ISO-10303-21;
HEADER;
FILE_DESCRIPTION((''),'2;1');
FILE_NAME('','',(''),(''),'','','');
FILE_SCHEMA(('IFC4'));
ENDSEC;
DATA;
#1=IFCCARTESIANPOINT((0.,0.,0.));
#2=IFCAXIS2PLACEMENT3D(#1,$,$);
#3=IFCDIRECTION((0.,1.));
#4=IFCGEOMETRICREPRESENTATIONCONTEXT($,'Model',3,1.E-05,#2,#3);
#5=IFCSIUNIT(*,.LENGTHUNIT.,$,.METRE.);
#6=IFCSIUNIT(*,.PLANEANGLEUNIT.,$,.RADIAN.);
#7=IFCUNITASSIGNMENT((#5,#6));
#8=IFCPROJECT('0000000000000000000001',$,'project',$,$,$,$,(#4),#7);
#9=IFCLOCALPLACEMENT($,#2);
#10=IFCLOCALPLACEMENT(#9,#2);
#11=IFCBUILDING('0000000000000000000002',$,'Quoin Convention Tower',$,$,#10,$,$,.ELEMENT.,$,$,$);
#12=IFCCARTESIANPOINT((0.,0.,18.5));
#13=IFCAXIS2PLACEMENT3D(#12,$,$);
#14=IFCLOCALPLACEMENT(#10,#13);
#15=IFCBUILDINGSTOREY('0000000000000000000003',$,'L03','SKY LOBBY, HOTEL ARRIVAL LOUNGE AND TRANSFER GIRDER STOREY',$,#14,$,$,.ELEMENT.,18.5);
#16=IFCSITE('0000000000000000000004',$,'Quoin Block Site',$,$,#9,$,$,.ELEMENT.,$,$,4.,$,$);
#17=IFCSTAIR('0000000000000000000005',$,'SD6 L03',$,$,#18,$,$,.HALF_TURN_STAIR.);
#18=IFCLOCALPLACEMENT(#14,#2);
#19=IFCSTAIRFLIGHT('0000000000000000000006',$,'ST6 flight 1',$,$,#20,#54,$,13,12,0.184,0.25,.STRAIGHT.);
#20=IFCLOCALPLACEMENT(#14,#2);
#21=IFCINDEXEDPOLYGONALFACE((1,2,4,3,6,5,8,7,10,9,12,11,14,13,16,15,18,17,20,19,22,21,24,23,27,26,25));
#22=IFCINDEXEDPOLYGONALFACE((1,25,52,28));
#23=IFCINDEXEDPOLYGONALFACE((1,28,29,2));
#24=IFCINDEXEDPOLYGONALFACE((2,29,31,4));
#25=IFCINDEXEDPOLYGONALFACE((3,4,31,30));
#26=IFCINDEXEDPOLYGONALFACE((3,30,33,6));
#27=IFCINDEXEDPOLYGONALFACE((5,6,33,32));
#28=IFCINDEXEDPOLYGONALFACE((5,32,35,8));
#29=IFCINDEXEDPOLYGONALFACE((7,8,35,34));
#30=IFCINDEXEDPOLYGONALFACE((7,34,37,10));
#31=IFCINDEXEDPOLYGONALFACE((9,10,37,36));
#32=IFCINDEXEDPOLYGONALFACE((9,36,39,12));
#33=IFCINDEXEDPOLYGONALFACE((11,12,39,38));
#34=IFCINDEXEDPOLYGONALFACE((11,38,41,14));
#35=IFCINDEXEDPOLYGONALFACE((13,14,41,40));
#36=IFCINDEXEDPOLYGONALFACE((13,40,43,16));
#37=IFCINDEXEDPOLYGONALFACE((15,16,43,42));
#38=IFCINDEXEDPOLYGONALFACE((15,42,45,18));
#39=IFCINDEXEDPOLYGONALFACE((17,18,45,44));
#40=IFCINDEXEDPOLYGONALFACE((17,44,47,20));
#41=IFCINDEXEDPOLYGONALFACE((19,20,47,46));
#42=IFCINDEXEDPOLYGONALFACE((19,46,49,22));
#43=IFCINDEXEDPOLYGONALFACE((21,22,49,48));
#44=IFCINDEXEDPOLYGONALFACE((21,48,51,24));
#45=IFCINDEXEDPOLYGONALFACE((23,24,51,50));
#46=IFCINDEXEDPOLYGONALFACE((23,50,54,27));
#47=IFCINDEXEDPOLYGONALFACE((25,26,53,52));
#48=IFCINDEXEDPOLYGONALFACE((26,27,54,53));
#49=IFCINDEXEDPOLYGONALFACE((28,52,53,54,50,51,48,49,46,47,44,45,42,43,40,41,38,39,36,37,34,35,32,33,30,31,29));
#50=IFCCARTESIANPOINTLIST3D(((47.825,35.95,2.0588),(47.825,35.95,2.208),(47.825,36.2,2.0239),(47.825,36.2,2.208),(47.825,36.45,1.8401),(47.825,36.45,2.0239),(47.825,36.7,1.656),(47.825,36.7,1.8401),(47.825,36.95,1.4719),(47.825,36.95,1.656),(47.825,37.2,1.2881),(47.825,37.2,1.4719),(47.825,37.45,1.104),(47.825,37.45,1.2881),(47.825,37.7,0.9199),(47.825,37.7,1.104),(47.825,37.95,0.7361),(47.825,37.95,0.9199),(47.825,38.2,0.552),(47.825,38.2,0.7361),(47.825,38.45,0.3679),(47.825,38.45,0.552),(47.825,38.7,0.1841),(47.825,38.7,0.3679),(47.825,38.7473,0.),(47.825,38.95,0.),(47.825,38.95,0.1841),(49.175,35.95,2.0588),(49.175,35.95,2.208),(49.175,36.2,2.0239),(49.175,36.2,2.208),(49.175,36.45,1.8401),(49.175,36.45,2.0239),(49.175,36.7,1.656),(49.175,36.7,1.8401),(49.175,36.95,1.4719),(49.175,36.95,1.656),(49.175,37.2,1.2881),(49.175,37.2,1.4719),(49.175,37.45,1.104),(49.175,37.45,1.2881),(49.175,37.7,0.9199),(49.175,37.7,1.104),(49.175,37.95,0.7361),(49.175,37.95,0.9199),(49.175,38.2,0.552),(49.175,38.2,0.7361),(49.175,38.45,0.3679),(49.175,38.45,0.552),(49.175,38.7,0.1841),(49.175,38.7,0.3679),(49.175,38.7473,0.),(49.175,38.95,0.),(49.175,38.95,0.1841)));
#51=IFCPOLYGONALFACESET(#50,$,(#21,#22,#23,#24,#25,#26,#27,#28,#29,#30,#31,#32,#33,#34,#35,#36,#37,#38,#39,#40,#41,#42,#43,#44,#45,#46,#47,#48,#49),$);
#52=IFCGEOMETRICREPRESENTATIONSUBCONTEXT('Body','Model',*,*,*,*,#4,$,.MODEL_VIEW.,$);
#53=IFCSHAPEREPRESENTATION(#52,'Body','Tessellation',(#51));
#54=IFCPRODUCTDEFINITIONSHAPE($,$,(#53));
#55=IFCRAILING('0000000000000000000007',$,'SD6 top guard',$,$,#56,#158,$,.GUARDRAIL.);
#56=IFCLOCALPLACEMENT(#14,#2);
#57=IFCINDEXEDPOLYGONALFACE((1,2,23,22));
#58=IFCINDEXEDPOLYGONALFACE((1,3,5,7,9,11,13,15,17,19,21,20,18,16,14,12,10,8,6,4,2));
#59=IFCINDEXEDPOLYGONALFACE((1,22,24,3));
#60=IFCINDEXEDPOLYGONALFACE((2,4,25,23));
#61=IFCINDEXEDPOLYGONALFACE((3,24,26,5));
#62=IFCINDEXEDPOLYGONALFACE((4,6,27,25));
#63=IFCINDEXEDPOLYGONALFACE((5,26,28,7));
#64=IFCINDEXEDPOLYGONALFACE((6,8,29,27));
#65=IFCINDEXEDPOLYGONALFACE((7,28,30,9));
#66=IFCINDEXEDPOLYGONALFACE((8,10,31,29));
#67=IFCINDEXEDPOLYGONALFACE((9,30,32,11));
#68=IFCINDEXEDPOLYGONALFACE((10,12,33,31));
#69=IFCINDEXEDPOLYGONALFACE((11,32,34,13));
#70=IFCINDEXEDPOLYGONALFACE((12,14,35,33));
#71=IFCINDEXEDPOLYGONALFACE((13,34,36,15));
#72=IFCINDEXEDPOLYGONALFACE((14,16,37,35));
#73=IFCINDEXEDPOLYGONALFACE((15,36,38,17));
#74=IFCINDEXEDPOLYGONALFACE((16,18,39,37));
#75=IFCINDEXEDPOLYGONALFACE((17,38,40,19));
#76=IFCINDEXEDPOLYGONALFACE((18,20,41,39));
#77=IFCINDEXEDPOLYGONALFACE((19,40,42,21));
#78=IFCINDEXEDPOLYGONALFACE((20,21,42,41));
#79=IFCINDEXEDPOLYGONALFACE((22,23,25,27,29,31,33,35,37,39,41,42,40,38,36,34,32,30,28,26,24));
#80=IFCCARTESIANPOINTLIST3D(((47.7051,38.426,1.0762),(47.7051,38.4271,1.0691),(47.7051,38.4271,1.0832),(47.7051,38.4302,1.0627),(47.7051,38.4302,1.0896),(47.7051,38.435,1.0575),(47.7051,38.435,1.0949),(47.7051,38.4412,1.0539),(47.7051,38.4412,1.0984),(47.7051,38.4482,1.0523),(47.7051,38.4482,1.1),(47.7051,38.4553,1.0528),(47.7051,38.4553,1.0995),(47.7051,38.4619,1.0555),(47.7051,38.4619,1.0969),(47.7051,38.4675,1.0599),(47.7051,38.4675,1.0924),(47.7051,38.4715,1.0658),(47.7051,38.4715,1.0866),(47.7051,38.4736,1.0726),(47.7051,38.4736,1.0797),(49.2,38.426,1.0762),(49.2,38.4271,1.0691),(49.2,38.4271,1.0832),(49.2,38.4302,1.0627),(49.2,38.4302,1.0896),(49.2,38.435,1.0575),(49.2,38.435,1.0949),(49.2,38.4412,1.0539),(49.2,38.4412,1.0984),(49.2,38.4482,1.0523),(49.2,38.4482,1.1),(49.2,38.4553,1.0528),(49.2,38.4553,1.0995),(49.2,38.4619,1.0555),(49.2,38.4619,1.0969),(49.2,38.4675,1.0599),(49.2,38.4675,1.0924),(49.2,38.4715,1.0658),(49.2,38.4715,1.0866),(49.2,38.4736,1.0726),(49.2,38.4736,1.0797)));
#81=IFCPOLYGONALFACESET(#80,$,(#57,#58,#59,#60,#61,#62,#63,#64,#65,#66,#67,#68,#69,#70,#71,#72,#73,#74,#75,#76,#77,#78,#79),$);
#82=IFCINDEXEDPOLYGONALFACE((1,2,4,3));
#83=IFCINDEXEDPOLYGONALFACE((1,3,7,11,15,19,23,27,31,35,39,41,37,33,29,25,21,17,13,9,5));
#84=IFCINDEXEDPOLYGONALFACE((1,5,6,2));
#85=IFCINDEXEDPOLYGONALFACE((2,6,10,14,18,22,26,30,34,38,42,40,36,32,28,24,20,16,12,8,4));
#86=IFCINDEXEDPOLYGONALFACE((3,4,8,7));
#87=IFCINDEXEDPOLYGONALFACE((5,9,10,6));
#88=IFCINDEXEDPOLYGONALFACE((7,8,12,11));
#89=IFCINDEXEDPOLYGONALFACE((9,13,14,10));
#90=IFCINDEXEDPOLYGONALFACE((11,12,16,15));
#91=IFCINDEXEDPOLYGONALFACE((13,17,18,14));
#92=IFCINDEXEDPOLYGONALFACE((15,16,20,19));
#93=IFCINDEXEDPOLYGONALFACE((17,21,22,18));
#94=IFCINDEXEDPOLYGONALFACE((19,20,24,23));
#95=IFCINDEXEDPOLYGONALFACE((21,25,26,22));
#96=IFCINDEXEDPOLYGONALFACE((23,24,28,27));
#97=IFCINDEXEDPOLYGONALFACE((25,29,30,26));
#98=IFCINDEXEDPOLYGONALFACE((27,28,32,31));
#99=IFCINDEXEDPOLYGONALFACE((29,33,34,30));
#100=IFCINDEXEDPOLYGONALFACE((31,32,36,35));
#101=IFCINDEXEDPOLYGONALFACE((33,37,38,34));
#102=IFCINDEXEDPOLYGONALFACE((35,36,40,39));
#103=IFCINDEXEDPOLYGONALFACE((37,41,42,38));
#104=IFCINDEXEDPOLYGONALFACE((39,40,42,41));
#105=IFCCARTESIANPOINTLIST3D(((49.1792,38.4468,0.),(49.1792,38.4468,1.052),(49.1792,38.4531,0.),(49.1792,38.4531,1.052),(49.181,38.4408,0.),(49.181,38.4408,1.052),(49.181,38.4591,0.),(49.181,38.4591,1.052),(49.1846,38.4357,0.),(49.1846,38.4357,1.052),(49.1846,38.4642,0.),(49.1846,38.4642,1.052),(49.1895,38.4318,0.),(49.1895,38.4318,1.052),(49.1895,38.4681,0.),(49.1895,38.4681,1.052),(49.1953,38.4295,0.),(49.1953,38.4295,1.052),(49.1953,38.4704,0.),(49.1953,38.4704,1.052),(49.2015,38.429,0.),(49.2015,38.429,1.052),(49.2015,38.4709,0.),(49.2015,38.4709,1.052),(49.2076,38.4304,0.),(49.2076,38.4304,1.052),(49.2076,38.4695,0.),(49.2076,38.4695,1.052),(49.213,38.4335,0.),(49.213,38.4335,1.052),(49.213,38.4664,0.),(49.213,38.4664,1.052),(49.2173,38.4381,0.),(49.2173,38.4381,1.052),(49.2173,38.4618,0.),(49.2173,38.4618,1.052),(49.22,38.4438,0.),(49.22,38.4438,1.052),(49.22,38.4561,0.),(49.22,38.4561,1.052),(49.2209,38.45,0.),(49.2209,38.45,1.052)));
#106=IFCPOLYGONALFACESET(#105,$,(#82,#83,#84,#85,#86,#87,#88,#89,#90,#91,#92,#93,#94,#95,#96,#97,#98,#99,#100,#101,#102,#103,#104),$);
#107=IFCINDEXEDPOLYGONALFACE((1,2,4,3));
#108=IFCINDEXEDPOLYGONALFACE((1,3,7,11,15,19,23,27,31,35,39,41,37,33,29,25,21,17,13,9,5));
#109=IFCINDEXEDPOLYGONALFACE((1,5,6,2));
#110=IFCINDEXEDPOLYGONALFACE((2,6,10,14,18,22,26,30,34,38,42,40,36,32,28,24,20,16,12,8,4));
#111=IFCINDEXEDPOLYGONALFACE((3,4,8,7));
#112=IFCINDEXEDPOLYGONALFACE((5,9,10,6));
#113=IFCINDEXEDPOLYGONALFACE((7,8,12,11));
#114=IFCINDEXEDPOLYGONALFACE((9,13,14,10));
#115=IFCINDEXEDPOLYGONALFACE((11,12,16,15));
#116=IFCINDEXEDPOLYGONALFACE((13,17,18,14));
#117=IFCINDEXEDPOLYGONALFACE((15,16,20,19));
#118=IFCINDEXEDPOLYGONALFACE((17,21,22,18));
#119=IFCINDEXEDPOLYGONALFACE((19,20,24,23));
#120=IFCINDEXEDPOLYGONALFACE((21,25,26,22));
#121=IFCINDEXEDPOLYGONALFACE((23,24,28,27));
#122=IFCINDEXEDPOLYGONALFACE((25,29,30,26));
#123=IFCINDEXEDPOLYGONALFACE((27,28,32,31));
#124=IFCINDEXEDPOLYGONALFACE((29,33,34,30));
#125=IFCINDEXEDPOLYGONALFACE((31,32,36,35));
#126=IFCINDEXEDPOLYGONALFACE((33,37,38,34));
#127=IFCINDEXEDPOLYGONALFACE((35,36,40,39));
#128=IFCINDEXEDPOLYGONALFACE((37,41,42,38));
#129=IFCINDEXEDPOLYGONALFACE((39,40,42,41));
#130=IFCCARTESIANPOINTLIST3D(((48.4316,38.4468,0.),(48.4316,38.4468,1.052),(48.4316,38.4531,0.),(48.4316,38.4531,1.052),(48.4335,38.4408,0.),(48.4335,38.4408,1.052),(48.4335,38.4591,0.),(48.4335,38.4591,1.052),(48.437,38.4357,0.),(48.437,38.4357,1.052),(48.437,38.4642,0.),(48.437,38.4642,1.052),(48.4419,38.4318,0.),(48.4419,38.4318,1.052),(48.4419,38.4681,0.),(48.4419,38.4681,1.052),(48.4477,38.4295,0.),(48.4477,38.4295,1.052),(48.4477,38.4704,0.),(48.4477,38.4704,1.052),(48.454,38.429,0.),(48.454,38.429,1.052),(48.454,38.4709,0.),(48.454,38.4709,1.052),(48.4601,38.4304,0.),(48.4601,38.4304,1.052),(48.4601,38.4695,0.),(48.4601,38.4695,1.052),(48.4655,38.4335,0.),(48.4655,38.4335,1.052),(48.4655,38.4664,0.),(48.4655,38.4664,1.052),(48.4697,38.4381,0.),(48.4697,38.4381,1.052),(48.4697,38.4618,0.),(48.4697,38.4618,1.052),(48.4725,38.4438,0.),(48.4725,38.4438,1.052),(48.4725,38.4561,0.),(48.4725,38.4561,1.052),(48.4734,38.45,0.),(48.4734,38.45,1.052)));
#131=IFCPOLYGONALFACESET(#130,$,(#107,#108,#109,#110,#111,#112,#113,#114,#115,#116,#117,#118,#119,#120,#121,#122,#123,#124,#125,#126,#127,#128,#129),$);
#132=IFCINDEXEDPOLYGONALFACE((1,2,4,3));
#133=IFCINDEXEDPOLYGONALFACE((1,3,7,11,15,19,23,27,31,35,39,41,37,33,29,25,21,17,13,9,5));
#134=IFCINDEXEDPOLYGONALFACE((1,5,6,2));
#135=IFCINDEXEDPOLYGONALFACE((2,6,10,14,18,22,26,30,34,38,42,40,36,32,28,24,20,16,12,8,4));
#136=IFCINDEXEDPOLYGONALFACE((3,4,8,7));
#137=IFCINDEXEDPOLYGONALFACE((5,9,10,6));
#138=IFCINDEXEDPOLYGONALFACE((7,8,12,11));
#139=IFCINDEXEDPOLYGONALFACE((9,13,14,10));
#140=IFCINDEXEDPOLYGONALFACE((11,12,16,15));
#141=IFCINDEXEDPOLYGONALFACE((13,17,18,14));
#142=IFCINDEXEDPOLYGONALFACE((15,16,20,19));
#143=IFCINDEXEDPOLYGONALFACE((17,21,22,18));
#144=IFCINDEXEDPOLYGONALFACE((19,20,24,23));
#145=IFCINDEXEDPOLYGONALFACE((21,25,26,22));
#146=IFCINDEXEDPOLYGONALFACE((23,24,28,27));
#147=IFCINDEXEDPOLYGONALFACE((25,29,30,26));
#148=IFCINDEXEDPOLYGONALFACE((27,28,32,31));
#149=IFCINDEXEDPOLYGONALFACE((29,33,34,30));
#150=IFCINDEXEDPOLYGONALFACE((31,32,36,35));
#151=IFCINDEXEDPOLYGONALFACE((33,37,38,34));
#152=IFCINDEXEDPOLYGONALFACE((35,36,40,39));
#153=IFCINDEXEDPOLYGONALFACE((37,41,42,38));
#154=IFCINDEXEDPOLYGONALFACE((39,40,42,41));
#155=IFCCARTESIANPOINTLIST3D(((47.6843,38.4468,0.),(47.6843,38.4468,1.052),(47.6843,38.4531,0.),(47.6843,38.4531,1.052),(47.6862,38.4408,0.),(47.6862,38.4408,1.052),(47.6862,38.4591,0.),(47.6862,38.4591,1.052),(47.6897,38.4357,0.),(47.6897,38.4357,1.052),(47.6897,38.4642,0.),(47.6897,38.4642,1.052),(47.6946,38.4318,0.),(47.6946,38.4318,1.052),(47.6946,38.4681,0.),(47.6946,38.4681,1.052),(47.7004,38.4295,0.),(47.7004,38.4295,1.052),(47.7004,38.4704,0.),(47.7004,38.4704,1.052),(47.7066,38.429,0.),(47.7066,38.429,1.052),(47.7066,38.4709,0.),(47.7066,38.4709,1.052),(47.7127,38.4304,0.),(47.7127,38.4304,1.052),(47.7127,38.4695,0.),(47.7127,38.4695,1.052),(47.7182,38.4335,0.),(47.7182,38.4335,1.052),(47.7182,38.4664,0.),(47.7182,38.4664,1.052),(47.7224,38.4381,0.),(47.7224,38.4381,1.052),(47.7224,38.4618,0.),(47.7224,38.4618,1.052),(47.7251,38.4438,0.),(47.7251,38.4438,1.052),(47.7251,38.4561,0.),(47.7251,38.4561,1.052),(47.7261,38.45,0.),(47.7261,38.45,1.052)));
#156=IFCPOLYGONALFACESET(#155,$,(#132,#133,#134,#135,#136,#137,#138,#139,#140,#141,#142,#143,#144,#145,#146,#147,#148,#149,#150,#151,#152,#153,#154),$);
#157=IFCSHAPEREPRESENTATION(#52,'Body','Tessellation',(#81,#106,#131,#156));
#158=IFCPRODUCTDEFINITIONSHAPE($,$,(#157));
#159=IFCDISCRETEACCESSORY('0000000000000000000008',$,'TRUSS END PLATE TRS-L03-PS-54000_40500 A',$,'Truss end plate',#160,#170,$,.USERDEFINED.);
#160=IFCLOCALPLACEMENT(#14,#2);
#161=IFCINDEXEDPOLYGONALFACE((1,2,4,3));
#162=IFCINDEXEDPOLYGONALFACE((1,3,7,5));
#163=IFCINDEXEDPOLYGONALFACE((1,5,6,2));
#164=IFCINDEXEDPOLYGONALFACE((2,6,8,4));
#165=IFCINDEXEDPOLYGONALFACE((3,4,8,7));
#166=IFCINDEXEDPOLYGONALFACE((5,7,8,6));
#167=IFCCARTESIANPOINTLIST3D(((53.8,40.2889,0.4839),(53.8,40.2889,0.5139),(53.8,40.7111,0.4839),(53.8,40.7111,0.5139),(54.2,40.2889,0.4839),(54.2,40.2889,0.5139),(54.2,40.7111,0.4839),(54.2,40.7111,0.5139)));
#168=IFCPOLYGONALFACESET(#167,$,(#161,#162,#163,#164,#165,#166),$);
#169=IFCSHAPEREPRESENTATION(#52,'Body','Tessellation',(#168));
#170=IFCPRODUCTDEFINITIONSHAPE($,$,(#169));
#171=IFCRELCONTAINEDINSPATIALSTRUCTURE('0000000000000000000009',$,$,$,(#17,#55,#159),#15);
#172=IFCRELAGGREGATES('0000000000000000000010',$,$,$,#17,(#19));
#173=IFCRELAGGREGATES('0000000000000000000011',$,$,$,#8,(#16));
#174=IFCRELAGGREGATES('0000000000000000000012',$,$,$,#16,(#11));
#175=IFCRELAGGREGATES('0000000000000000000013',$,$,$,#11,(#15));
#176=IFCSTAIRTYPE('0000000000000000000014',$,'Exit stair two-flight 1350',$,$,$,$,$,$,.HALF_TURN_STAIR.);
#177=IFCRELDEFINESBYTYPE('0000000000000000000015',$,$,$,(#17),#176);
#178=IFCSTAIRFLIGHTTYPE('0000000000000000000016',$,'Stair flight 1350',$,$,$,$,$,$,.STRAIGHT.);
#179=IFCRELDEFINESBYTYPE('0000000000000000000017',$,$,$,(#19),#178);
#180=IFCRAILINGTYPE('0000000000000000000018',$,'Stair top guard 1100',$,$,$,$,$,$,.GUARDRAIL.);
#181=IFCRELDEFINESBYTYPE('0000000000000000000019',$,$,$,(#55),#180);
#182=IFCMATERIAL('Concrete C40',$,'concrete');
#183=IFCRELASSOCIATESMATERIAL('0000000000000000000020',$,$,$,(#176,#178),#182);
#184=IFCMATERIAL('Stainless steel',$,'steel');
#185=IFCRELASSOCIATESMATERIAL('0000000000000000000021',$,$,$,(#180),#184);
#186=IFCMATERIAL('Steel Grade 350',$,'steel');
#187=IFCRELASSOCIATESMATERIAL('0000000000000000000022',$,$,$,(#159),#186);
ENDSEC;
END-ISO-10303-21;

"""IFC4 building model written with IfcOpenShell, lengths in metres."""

from ifc_helpers import new_model, si_unit, direction, frame, origin, origin_2d, place, context, subcontext, project, spatial, polyline, rectangle, circle, outline, extrude, material, type_object, element, aggregate, save


model = new_model("IFC4")

# Units and contexts
model_context = context("Model", 3, precision=1e-05, world=origin(), true_north=direction((0.0, 1.0)))
body_context = subcontext(model_context, "Body", "Model", "MODEL_VIEW")
ifc_project = project(units=[si_unit("LENGTHUNIT", "METRE"), si_unit("PLANEANGLEUNIT", "RADIAN")], contexts=[model_context])

# Site, building, storey
site_placement = place(None, origin())
site = spatial("IfcSite", under=ifc_project, at=site_placement, Name="Quoin Block Site", CompositionType="ELEMENT", RefElevation=4.0)
building_placement = place(site_placement, origin())
building = spatial("IfcBuilding", under=site, at=building_placement, Name="Quoin Convention Tower", CompositionType="ELEMENT")
storey_placement = place(building_placement, frame((0.0, 0.0, 18.5)))
storey = spatial("IfcBuildingStorey", under=building, at=storey_placement, Name="L03", Description="SKY LOBBY, HOTEL ARRIVAL LOUNGE AND TRANSFER GIRDER STOREY", CompositionType="ELEMENT", Elevation=18.5)

# Stair, stair flight
ifc_material_1 = material(Name="Concrete C40", Category="concrete")
stair_type = type_object("IfcStairType", Name="Exit stair two-flight 1350", PredefinedType="HALF_TURN_STAIR", material=ifc_material_1)
stair_placement = place(storey_placement, origin())
stair = element("IfcStair", 1, at=stair_placement, inside=storey, type_object=stair_type, Name="SD6 L03", PredefinedType="HALF_TURN_STAIR")
stair_flight_type = type_object("IfcStairFlightType", Name="Stair flight 1350", PredefinedType="STRAIGHT", material=ifc_material_1)
stair_flight_placement = place(storey_placement, frame((48.5, 38.95, 0.0), z_axis=(0.0, 0.0, 1.0), x_axis=(0.0, -1.0, 0.0)))
stair_flight = element("IfcStairFlight", 2, at=stair_flight_placement, type_object=stair_flight_type, Name="ST6 flight 1", NumberOfRisers=13, NumberOfTreads=12, PredefinedType="STRAIGHT", RiserHeight=0.184, TreadLength=0.25, context=body_context, shape_type="SweptSolid", body=[
    extrude(outline(polyline([(0.0, 0.0), (0.0, 0.1841), (0.25, 0.1841), (0.25, 0.3679), (0.5, 0.3679), (0.5, 0.552), (0.75, 0.552), (0.75, 0.7361), (1.0, 0.7361), (1.0, 0.9199), (1.25, 0.9199), (1.25, 1.104), (1.5, 1.104), (1.5, 1.2881), (1.75, 1.2881), (1.75, 1.4719), (2.0, 1.4719), (2.0, 1.656), (2.25, 1.656), (2.25, 1.8401), (2.5, 1.8401), (2.5, 2.0239), (2.75, 2.0239), (2.75, 2.208), (3.0, 2.208), (3.0, 2.3921), (3.0, 2.0588), (0.2026, 0.0), (0.0, 0.0)])), frame((0.0, 0.675, 0.0), z_axis=(0.0, -1.0, 0.0), x_axis=(1.0, 0.0, 0.0)), (0.0, 0.0, 1.0), 1.3501),
])
aggregate(stair, [stair_flight])

# Railing
ifc_material_2 = material(Name="Stainless steel", Category="steel")
railing_type_1 = type_object("IfcRailingType", Name="Stair top guard 1100", PredefinedType="GUARDRAIL", material=ifc_material_2)
railing_1_placement = place(storey_placement, frame((49.2, 38.45, 0.0)))
element("IfcRailing", 3, at=railing_1_placement, inside=storey, type_object=railing_type_1, Name="SD6 top guard", PredefinedType="GUARDRAIL", context=body_context, shape_type="SweptSolid", body=[
    extrude(circle(Radius=0.0239, at=origin_2d()), frame((0.0, 0.0, 1.0762), z_axis=(-1.0, 0.0, 0.0), x_axis=(0.0, -1.0, 0.0)), (0.0, 0.0, 1.0), 1.4949),
    extrude(circle(Radius=0.021, at=origin_2d()), origin(), (0.0, 0.0, 1.0), 1.052),
    extrude(circle(Radius=0.021, at=origin_2d()), frame((-0.7476, 0.0, 0.0)), (0.0, 0.0, 1.0), 1.052),
    extrude(circle(Radius=0.021, at=origin_2d()), frame((-1.4949, 0.0, 0.0)), (0.0, 0.0, 1.0), 1.052),
])

# Discrete accessory
ifc_material_3 = material(Name="Steel Grade 350", Category="steel")
discrete_accessory_placement = place(storey_placement, frame((54.0, 40.5, 0.4839), z_axis=(0.0, 0.0, 1.0), x_axis=(1.0, 0.0, 0.0)))
element("IfcDiscreteAccessory", 4, at=discrete_accessory_placement, inside=storey, material=ifc_material_3, Name="TRUSS END PLATE TRS-L03-PS-54000_40500 A", ObjectType="Truss end plate", PredefinedType="USERDEFINED", context=body_context, shape_type="SweptSolid", body=[
    extrude(rectangle(XDim=0.3999, YDim=0.4221, at=origin_2d()), origin(), (0.0, 0.0, 1.0), 0.03),
])

save(model, "model.ifc")
